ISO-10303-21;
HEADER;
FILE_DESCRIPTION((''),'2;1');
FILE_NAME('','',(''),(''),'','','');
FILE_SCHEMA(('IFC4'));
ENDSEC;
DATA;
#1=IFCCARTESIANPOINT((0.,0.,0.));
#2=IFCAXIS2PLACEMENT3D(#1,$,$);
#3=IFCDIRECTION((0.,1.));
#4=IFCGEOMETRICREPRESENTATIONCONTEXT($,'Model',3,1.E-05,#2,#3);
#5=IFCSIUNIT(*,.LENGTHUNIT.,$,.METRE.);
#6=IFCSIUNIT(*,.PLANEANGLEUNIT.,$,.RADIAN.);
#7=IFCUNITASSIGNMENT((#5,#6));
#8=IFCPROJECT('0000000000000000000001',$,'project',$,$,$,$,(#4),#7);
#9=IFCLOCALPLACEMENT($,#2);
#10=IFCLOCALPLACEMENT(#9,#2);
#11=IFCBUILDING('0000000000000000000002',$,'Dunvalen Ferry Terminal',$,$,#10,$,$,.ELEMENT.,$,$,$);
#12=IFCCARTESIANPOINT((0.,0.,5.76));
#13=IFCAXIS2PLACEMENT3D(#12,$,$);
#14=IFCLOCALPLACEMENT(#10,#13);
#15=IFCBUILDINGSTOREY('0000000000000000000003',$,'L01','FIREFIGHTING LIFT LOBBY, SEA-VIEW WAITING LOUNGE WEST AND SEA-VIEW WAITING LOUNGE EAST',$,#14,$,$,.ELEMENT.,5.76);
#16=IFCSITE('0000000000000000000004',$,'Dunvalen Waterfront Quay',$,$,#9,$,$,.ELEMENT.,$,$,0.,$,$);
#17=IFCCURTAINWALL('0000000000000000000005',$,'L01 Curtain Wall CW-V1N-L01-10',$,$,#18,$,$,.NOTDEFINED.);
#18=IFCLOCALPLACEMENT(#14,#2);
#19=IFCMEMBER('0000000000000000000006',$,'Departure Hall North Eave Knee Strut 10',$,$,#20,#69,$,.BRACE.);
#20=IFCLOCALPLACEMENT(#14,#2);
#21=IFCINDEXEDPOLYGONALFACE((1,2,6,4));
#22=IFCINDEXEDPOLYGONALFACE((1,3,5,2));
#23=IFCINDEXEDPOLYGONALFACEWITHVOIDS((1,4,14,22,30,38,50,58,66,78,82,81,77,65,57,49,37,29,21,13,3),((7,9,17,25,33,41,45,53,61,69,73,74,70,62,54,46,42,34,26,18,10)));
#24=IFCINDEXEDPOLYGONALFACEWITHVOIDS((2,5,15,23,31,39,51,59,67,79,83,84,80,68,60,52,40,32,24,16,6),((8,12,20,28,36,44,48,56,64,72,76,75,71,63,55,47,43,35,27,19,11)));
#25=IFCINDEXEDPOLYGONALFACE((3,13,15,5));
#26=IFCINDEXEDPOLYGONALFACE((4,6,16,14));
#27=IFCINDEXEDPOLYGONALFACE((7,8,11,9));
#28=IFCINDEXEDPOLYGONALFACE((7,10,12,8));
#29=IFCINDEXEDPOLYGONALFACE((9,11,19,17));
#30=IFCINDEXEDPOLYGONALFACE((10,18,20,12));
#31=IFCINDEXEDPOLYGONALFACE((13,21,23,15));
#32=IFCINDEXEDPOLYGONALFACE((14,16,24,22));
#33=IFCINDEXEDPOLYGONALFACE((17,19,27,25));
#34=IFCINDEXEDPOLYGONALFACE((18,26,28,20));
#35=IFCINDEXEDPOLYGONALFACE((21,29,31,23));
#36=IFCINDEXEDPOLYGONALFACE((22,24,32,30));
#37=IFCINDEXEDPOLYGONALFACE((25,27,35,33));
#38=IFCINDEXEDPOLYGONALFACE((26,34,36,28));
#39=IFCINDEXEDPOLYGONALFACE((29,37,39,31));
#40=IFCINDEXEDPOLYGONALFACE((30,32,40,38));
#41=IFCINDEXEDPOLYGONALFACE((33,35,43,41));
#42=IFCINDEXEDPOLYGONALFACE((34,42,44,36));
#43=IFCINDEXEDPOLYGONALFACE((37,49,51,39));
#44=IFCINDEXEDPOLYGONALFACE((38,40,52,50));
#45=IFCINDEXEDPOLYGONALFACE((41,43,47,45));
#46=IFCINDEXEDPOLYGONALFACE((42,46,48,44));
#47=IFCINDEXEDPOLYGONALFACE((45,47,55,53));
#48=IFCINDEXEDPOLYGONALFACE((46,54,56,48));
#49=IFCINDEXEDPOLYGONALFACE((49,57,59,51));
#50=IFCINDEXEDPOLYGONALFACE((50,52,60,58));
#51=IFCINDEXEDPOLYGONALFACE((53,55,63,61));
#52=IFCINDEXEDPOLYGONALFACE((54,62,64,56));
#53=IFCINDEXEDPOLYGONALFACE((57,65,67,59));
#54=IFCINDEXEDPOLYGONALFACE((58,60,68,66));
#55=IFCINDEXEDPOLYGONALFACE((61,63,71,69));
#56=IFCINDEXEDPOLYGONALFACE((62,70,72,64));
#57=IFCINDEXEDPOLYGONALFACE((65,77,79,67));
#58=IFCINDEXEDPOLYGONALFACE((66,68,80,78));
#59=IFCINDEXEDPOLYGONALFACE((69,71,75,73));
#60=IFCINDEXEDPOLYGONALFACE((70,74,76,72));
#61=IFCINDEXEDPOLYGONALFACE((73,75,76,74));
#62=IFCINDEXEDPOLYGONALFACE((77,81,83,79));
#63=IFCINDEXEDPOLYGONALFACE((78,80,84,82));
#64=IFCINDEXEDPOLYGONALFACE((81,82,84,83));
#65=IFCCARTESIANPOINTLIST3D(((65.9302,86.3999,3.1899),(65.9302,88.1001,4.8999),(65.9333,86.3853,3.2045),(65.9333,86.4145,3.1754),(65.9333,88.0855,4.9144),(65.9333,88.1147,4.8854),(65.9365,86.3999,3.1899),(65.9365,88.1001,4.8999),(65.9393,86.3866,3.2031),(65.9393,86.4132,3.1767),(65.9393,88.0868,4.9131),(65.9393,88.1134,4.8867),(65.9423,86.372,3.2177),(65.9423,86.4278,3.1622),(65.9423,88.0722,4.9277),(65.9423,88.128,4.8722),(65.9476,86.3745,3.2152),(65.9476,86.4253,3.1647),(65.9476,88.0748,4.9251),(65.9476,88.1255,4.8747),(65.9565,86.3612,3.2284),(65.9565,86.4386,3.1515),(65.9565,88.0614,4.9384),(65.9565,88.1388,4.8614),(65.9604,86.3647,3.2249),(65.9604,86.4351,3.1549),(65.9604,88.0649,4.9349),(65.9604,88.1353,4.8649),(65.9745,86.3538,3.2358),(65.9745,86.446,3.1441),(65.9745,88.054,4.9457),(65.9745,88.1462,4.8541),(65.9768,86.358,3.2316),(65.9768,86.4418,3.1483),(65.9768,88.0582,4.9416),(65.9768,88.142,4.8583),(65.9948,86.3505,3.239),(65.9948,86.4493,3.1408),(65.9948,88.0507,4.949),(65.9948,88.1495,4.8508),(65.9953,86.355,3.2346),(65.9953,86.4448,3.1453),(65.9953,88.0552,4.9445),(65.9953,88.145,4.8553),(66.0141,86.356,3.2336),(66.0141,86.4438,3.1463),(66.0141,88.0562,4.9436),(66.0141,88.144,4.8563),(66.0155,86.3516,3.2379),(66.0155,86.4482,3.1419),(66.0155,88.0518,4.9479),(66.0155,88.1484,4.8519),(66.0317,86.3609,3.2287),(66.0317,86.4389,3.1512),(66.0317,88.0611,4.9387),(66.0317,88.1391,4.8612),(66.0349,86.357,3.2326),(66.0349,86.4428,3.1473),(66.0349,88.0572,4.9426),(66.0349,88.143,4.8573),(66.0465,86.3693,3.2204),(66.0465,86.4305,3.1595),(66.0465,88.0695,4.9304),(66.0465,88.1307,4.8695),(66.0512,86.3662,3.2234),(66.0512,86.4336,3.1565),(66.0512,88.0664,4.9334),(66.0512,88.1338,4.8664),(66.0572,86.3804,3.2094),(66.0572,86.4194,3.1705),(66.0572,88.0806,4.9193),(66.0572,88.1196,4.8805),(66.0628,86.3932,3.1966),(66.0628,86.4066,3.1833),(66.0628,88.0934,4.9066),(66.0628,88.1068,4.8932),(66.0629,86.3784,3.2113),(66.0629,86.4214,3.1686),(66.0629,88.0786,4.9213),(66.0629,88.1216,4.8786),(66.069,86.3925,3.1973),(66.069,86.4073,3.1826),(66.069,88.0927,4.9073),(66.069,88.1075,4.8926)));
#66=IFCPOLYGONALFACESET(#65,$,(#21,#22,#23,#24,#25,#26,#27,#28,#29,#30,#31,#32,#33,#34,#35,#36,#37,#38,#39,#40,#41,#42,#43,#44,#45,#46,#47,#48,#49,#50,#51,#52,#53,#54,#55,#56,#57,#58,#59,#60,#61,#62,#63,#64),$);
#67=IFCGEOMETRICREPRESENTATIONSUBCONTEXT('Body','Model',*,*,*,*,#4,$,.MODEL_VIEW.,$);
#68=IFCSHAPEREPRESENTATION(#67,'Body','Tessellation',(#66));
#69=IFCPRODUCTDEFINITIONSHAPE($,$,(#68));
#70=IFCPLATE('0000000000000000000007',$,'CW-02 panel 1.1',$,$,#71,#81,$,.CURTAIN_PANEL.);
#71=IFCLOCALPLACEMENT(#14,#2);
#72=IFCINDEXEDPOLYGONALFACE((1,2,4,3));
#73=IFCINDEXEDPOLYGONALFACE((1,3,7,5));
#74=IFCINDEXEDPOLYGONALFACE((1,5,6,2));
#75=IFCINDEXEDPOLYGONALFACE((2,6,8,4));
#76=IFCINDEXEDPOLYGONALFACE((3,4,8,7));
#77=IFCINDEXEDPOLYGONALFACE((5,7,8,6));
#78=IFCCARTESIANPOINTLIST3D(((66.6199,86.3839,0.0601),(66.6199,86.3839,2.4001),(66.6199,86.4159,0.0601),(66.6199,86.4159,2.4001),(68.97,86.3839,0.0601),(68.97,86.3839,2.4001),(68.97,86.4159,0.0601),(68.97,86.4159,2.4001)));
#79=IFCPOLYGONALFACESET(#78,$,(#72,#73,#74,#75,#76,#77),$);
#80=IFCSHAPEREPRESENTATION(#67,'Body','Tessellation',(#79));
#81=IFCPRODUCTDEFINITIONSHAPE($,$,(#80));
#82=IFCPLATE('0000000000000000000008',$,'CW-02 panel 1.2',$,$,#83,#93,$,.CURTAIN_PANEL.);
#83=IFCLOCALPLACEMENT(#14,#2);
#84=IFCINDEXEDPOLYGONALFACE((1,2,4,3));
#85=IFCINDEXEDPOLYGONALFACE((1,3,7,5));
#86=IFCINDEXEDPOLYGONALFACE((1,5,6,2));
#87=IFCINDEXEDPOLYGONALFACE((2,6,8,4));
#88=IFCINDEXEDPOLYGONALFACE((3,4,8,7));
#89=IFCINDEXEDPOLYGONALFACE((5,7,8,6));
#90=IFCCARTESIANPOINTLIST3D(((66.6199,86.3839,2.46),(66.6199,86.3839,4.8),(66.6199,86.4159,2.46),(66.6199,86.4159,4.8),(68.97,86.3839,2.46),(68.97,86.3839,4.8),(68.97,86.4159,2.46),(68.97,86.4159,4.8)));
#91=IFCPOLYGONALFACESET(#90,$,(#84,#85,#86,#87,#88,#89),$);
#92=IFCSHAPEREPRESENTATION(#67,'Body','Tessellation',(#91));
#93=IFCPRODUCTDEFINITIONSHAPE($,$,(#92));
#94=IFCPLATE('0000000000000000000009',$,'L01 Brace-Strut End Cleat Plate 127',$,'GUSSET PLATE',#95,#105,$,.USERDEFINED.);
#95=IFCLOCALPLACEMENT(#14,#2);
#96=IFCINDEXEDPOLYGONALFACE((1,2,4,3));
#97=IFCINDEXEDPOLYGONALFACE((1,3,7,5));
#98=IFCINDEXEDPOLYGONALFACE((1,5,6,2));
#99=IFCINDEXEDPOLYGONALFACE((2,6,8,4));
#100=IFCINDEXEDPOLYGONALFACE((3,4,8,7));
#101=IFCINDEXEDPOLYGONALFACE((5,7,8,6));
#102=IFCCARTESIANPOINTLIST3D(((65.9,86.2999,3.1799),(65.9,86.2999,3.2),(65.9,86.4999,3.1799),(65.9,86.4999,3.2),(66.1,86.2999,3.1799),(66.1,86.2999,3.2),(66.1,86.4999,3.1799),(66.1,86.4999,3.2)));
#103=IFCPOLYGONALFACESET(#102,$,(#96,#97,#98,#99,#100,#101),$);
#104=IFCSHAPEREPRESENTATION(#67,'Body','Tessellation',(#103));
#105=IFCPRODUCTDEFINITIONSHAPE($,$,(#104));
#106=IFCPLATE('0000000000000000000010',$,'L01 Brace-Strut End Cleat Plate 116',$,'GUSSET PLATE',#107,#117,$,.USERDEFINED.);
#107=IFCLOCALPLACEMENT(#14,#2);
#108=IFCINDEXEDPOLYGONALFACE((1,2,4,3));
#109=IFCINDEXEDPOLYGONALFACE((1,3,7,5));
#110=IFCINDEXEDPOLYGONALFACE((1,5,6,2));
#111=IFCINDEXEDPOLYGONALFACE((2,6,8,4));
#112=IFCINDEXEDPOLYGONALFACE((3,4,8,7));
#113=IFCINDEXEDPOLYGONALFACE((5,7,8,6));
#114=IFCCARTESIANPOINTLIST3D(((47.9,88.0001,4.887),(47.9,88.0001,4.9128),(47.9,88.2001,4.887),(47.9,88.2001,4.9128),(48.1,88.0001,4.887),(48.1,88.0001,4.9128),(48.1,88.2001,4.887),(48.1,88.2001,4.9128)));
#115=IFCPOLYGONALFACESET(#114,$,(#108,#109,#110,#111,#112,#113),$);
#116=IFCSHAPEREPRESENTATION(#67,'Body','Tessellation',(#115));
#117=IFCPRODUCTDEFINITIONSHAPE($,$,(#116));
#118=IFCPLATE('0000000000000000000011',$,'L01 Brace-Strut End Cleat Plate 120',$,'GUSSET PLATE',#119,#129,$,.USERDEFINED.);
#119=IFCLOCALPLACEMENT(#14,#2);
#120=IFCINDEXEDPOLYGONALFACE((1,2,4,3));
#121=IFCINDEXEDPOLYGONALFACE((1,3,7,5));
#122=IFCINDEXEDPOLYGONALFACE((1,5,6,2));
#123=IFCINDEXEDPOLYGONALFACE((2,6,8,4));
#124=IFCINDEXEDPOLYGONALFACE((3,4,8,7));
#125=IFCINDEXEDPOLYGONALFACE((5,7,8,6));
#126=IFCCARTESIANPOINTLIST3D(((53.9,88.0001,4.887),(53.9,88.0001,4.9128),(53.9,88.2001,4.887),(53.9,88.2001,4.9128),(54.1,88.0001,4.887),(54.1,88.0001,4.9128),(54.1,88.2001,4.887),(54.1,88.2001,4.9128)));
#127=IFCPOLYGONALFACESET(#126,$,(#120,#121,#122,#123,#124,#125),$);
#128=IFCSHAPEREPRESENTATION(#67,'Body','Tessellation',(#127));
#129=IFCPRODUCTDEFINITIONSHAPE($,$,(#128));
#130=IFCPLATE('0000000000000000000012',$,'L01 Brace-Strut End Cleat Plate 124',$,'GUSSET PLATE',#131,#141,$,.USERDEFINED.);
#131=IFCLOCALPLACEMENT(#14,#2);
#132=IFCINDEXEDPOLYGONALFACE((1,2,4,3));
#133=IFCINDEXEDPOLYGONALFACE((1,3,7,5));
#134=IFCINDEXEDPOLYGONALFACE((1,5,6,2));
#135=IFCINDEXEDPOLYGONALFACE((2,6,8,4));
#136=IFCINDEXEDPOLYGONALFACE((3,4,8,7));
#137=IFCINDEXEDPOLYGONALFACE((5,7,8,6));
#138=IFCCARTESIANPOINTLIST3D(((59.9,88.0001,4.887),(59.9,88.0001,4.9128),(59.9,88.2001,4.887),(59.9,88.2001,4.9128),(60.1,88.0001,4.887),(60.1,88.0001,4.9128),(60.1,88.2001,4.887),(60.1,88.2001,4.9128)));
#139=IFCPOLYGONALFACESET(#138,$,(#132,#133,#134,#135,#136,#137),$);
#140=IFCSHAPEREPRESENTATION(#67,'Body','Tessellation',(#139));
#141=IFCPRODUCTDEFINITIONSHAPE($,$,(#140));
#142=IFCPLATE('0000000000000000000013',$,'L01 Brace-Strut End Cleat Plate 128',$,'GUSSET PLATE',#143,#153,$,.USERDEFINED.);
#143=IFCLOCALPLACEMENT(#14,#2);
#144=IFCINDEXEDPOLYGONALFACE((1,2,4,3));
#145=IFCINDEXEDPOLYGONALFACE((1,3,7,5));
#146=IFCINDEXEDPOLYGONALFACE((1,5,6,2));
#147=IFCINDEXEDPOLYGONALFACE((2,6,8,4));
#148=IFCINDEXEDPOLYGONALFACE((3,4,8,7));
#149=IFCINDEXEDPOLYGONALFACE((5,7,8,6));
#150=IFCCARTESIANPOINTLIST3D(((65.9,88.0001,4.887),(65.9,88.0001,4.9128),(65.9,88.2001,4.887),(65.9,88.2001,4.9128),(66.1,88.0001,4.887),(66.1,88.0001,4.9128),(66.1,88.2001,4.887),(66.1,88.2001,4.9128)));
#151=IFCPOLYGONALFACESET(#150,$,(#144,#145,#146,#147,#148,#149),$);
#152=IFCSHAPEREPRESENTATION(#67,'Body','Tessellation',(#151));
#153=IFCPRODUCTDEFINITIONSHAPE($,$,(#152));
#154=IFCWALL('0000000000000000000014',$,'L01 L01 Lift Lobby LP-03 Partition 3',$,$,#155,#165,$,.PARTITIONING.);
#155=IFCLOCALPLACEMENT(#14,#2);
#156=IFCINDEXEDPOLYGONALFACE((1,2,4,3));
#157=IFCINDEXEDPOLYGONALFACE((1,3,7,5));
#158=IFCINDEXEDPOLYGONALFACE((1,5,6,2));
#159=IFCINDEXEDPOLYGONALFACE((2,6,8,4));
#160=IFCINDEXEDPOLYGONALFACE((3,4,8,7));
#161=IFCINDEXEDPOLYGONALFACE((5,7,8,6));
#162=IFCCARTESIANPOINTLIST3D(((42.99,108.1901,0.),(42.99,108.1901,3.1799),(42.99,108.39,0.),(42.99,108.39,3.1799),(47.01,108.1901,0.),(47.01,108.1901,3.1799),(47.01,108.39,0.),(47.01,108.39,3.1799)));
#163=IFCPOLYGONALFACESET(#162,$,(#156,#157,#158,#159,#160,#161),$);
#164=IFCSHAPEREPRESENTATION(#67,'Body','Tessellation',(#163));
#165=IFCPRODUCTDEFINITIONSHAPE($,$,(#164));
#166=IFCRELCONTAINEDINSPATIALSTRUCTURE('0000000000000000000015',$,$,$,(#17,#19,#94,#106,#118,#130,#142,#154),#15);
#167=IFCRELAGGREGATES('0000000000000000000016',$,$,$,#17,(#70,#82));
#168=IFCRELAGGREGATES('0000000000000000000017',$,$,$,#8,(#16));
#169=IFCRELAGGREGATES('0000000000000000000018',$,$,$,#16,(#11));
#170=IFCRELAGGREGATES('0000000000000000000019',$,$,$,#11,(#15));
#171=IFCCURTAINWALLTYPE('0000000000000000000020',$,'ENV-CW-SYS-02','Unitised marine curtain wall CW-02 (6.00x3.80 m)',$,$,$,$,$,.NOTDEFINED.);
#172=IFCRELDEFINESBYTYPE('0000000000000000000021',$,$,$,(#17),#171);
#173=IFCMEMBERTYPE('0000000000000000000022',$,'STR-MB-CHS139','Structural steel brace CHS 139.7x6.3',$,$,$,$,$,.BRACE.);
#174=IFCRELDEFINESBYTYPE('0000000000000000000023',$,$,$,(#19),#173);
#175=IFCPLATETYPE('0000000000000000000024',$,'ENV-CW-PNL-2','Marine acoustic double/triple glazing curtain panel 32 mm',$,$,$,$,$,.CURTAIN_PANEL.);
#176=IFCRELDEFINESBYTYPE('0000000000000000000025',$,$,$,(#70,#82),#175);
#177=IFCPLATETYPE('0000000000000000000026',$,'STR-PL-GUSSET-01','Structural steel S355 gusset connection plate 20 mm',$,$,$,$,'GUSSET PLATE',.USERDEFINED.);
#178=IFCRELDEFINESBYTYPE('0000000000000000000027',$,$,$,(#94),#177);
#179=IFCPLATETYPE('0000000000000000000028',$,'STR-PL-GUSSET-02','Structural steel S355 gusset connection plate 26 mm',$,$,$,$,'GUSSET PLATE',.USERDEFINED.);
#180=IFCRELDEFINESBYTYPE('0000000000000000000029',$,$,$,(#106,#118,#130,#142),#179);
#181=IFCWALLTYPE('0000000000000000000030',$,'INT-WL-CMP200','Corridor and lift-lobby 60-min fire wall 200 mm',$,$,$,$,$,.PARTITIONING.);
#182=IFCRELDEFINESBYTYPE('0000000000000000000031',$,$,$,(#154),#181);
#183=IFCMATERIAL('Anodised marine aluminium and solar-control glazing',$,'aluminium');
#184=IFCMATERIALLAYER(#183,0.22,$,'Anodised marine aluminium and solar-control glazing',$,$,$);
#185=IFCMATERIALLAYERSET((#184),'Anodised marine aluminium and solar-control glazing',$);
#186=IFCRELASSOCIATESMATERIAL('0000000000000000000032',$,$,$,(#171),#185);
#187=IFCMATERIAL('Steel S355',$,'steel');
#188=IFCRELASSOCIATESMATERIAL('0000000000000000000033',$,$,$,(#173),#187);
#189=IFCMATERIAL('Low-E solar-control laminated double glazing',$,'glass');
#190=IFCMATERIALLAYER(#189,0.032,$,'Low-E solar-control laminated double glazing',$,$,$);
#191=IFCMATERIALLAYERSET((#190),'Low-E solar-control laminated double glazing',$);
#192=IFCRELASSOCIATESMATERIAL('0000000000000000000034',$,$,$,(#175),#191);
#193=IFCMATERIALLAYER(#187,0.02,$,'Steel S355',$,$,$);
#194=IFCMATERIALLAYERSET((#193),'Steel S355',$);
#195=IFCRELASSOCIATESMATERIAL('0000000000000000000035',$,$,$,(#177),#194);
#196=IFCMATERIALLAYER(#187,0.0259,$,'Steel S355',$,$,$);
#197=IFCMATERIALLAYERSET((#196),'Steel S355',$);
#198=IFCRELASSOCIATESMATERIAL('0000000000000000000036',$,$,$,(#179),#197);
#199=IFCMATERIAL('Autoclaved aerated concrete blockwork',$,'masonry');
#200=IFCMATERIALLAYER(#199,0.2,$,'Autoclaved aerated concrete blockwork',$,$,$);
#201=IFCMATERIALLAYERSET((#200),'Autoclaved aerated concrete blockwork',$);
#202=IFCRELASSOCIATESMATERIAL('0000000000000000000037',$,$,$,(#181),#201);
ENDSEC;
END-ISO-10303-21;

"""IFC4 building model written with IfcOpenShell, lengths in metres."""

from ifc_helpers import new_model, si_unit, direction, frame, frame_2d, origin, origin_2d, place, context, subcontext, project, spatial, rectangle, hollow_circle, extrude, material, layer, layer_set, material_profile, profile_set, type_object, element, aggregate, save


model = new_model("IFC4")

# Units and contexts
model_context = context("Model", 3, precision=1e-05, world=origin(), true_north=direction((0.0, 1.0)))
body_context = subcontext(model_context, "Body", "Model", "MODEL_VIEW")
ifc_project = project(units=[si_unit("LENGTHUNIT", "METRE"), si_unit("PLANEANGLEUNIT", "RADIAN")], contexts=[model_context])

# Site, building, storey
site_placement = place(None, origin())
site = spatial("IfcSite", under=ifc_project, at=site_placement, Name="Dunvalen Waterfront Quay", CompositionType="ELEMENT", RefElevation=0.0)
building_placement = place(site_placement, origin())
building = spatial("IfcBuilding", under=site, at=building_placement, Name="Dunvalen Ferry Terminal", CompositionType="ELEMENT")
storey_placement = place(building_placement, frame((0.0, 0.0, 5.76)))
storey = spatial("IfcBuildingStorey", under=building, at=storey_placement, Name="L01", Description="FIREFIGHTING LIFT LOBBY, SEA-VIEW WAITING LOUNGE WEST AND SEA-VIEW WAITING LOUNGE EAST", CompositionType="ELEMENT", Elevation=5.76)

# Shared definitions
ifc_material_1 = material(Name="Steel S355", Category="steel")

# Curtain wall
ifc_material_2 = material(Name="Anodised marine aluminium and solar-control glazing", Category="aluminium")
ifc_layer_1 = layer(ifc_material_2, 0.22, Name="Anodised marine aluminium and solar-control glazing")
ifc_layer_set_1 = layer_set([ifc_layer_1], Name="Anodised marine aluminium and solar-control glazing")
curtain_wall_type = type_object("IfcCurtainWallType", Name="ENV-CW-SYS-02", Description="Unitised marine curtain wall CW-02 (6.00x3.80 m)", PredefinedType="NOTDEFINED", material=ifc_layer_set_1)
curtain_wall_placement = place(storey_placement, origin())
curtain_wall = element("IfcCurtainWall", 1, at=curtain_wall_placement, inside=storey, type_object=curtain_wall_type, Name="L01 Curtain Wall CW-V1N-L01-10", PredefinedType="NOTDEFINED")

# Member
ifc_material_profile_1 = material_profile(ifc_material_1, hollow_circle(Radius=0.0698, WallThickness=0.0063, at=origin_2d()), Name="Steel S355")
ifc_profile_set_1 = profile_set([ifc_material_profile_1], Name="Steel S355")
member_type_1 = type_object("IfcMemberType", Name="STR-MB-CHS139", Description="Structural steel brace CHS 139.7x6.3", PredefinedType="BRACE", material=ifc_profile_set_1)
member_1_placement = place(storey_placement, frame((66.0, 86.3999, 3.1899), z_axis=(0.0, 0.705079, 0.709129), x_axis=(-1.0, 0.0, 0.0)))
element("IfcMember", 2, at=member_1_placement, inside=storey, type_object=member_type_1, Name="Departure Hall North Eave Knee Strut 10", PredefinedType="BRACE", context=body_context, shape_type="SweptSolid", body=[
    extrude(hollow_circle(Radius=0.0698, WallThickness=0.0063, at=origin_2d()), origin(), (0.0, 0.0, 1.0), 2.4114),
])

# Plates
ifc_material_3 = material(Name="Low-E solar-control laminated double glazing", Category="glass")
ifc_layer_2 = layer(ifc_material_3, 0.032, Name="Low-E solar-control laminated double glazing")
ifc_layer_set_2 = layer_set([ifc_layer_2], Name="Low-E solar-control laminated double glazing")
plate_type_1 = type_object("IfcPlateType", Name="ENV-CW-PNL-2", Description="Marine acoustic double/triple glazing curtain panel 32 mm", PredefinedType="CURTAIN_PANEL", material=ifc_layer_set_2)
plate_1_placement = place(storey_placement, frame((67.7949, 86.3999, 0.0601), z_axis=(0.0, 0.0, 1.0), x_axis=(1.0, 0.0, 0.0)))
plate_1 = element("IfcPlate", 3, at=plate_1_placement, type_object=plate_type_1, Name="CW-02 panel 1.1", PredefinedType="CURTAIN_PANEL", context=body_context, shape_type="SweptSolid", body=[
    extrude(rectangle(XDim=2.3501, YDim=0.032, at=origin_2d()), origin(), (0.0, 0.0, 1.0), 2.3401),
])
plate_2_placement = place(storey_placement, frame((67.7949, 86.3999, 2.46), z_axis=(0.0, 0.0, 1.0), x_axis=(1.0, 0.0, 0.0)))
plate_2 = element("IfcPlate", 4, at=plate_2_placement, type_object=plate_type_1, Name="CW-02 panel 1.2", PredefinedType="CURTAIN_PANEL", context=body_context, shape_type="SweptSolid", body=[
    extrude(rectangle(XDim=2.3501, YDim=0.032, at=origin_2d()), origin(), (0.0, 0.0, 1.0), 2.3401),
])
aggregate(curtain_wall, [plate_1, plate_2])

# Plates
ifc_layer_3 = layer(ifc_material_1, 0.02, Name="Steel S355")
ifc_layer_set_3 = layer_set([ifc_layer_3], Name="Steel S355")
plate_type_2 = type_object("IfcPlateType", Name="STR-PL-GUSSET-01", Description="Structural steel S355 gusset connection plate 20 mm", ElementType="GUSSET PLATE", PredefinedType="USERDEFINED", material=ifc_layer_set_3)
plate_3_placement = place(storey_placement, frame((66.0, 86.3999, 3.1799), z_axis=(0.0, 0.0, 1.0), x_axis=(1.0, 0.0, 0.0)))
element("IfcPlate", 5, at=plate_3_placement, inside=storey, type_object=plate_type_2, Name="L01 Brace-Strut End Cleat Plate 127", ObjectType="GUSSET PLATE", PredefinedType="USERDEFINED", context=body_context, shape_type="SweptSolid", body=[
    extrude(rectangle(XDim=0.2, YDim=0.2, at=origin_2d()), origin(), (0.0, 0.0, 1.0), 0.02),
])
ifc_layer_4 = layer(ifc_material_1, 0.0259, Name="Steel S355")
ifc_layer_set_4 = layer_set([ifc_layer_4], Name="Steel S355")
plate_type_3 = type_object("IfcPlateType", Name="STR-PL-GUSSET-02", Description="Structural steel S355 gusset connection plate 26 mm", ElementType="GUSSET PLATE", PredefinedType="USERDEFINED", material=ifc_layer_set_4)
for number, where, z_axis, x_axis, name in (
    (6, (48.0, 88.1001, 4.887), (0.0, 0.0, 1.0), (1.0, 0.0, 0.0), "L01 Brace-Strut End Cleat Plate 116"),
    (7, (54.0, 88.1001, 4.887), (0.0, 0.0, 1.0), (1.0, 0.0, 0.0), "L01 Brace-Strut End Cleat Plate 120"),
    (8, (60.0, 88.1001, 4.887), (0.0, 0.0, 1.0), (1.0, 0.0, 0.0), "L01 Brace-Strut End Cleat Plate 124"),
    (9, (66.0, 88.1001, 4.887), (0.0, 0.0, 1.0), (1.0, 0.0, 0.0), "L01 Brace-Strut End Cleat Plate 128"),
):
    element("IfcPlate", number, at=place(storey_placement, frame(where, z_axis=z_axis, x_axis=x_axis)), inside=storey, type_object=plate_type_3, Name=name, ObjectType="GUSSET PLATE", PredefinedType="USERDEFINED", context=body_context, shape_type="SweptSolid", body=[
        extrude(rectangle(XDim=0.2, YDim=0.2, at=origin_2d()), origin(), (0.0, 0.0, 1.0), 0.0259),
    ])

# Wall
ifc_material_4 = material(Name="Autoclaved aerated concrete blockwork", Category="masonry")
ifc_layer_5 = layer(ifc_material_4, 0.2, Name="Autoclaved aerated concrete blockwork")
ifc_layer_set_5 = layer_set([ifc_layer_5], Name="Autoclaved aerated concrete blockwork")
wall_type = type_object("IfcWallType", Name="INT-WL-CMP200", Description="Corridor and lift-lobby 60-min fire wall 200 mm", PredefinedType="PARTITIONING", material=ifc_layer_set_5)
wall_placement = place(storey_placement, frame((42.99, 108.29, 0.0), z_axis=(0.0, 0.0, 1.0), x_axis=(1.0, 0.0, 0.0)))
element("IfcWall", 10, at=wall_placement, inside=storey, type_object=wall_type, Name="L01 L01 Lift Lobby LP-03 Partition 3", PredefinedType="PARTITIONING", context=body_context, shape_type="SweptSolid", body=[
    extrude(rectangle(XDim=4.02, YDim=0.2, at=frame_2d((2.01, 0.0))), origin(), (0.0, 0.0, 1.0), 3.1799),
])

save(model, "model.ifc")
